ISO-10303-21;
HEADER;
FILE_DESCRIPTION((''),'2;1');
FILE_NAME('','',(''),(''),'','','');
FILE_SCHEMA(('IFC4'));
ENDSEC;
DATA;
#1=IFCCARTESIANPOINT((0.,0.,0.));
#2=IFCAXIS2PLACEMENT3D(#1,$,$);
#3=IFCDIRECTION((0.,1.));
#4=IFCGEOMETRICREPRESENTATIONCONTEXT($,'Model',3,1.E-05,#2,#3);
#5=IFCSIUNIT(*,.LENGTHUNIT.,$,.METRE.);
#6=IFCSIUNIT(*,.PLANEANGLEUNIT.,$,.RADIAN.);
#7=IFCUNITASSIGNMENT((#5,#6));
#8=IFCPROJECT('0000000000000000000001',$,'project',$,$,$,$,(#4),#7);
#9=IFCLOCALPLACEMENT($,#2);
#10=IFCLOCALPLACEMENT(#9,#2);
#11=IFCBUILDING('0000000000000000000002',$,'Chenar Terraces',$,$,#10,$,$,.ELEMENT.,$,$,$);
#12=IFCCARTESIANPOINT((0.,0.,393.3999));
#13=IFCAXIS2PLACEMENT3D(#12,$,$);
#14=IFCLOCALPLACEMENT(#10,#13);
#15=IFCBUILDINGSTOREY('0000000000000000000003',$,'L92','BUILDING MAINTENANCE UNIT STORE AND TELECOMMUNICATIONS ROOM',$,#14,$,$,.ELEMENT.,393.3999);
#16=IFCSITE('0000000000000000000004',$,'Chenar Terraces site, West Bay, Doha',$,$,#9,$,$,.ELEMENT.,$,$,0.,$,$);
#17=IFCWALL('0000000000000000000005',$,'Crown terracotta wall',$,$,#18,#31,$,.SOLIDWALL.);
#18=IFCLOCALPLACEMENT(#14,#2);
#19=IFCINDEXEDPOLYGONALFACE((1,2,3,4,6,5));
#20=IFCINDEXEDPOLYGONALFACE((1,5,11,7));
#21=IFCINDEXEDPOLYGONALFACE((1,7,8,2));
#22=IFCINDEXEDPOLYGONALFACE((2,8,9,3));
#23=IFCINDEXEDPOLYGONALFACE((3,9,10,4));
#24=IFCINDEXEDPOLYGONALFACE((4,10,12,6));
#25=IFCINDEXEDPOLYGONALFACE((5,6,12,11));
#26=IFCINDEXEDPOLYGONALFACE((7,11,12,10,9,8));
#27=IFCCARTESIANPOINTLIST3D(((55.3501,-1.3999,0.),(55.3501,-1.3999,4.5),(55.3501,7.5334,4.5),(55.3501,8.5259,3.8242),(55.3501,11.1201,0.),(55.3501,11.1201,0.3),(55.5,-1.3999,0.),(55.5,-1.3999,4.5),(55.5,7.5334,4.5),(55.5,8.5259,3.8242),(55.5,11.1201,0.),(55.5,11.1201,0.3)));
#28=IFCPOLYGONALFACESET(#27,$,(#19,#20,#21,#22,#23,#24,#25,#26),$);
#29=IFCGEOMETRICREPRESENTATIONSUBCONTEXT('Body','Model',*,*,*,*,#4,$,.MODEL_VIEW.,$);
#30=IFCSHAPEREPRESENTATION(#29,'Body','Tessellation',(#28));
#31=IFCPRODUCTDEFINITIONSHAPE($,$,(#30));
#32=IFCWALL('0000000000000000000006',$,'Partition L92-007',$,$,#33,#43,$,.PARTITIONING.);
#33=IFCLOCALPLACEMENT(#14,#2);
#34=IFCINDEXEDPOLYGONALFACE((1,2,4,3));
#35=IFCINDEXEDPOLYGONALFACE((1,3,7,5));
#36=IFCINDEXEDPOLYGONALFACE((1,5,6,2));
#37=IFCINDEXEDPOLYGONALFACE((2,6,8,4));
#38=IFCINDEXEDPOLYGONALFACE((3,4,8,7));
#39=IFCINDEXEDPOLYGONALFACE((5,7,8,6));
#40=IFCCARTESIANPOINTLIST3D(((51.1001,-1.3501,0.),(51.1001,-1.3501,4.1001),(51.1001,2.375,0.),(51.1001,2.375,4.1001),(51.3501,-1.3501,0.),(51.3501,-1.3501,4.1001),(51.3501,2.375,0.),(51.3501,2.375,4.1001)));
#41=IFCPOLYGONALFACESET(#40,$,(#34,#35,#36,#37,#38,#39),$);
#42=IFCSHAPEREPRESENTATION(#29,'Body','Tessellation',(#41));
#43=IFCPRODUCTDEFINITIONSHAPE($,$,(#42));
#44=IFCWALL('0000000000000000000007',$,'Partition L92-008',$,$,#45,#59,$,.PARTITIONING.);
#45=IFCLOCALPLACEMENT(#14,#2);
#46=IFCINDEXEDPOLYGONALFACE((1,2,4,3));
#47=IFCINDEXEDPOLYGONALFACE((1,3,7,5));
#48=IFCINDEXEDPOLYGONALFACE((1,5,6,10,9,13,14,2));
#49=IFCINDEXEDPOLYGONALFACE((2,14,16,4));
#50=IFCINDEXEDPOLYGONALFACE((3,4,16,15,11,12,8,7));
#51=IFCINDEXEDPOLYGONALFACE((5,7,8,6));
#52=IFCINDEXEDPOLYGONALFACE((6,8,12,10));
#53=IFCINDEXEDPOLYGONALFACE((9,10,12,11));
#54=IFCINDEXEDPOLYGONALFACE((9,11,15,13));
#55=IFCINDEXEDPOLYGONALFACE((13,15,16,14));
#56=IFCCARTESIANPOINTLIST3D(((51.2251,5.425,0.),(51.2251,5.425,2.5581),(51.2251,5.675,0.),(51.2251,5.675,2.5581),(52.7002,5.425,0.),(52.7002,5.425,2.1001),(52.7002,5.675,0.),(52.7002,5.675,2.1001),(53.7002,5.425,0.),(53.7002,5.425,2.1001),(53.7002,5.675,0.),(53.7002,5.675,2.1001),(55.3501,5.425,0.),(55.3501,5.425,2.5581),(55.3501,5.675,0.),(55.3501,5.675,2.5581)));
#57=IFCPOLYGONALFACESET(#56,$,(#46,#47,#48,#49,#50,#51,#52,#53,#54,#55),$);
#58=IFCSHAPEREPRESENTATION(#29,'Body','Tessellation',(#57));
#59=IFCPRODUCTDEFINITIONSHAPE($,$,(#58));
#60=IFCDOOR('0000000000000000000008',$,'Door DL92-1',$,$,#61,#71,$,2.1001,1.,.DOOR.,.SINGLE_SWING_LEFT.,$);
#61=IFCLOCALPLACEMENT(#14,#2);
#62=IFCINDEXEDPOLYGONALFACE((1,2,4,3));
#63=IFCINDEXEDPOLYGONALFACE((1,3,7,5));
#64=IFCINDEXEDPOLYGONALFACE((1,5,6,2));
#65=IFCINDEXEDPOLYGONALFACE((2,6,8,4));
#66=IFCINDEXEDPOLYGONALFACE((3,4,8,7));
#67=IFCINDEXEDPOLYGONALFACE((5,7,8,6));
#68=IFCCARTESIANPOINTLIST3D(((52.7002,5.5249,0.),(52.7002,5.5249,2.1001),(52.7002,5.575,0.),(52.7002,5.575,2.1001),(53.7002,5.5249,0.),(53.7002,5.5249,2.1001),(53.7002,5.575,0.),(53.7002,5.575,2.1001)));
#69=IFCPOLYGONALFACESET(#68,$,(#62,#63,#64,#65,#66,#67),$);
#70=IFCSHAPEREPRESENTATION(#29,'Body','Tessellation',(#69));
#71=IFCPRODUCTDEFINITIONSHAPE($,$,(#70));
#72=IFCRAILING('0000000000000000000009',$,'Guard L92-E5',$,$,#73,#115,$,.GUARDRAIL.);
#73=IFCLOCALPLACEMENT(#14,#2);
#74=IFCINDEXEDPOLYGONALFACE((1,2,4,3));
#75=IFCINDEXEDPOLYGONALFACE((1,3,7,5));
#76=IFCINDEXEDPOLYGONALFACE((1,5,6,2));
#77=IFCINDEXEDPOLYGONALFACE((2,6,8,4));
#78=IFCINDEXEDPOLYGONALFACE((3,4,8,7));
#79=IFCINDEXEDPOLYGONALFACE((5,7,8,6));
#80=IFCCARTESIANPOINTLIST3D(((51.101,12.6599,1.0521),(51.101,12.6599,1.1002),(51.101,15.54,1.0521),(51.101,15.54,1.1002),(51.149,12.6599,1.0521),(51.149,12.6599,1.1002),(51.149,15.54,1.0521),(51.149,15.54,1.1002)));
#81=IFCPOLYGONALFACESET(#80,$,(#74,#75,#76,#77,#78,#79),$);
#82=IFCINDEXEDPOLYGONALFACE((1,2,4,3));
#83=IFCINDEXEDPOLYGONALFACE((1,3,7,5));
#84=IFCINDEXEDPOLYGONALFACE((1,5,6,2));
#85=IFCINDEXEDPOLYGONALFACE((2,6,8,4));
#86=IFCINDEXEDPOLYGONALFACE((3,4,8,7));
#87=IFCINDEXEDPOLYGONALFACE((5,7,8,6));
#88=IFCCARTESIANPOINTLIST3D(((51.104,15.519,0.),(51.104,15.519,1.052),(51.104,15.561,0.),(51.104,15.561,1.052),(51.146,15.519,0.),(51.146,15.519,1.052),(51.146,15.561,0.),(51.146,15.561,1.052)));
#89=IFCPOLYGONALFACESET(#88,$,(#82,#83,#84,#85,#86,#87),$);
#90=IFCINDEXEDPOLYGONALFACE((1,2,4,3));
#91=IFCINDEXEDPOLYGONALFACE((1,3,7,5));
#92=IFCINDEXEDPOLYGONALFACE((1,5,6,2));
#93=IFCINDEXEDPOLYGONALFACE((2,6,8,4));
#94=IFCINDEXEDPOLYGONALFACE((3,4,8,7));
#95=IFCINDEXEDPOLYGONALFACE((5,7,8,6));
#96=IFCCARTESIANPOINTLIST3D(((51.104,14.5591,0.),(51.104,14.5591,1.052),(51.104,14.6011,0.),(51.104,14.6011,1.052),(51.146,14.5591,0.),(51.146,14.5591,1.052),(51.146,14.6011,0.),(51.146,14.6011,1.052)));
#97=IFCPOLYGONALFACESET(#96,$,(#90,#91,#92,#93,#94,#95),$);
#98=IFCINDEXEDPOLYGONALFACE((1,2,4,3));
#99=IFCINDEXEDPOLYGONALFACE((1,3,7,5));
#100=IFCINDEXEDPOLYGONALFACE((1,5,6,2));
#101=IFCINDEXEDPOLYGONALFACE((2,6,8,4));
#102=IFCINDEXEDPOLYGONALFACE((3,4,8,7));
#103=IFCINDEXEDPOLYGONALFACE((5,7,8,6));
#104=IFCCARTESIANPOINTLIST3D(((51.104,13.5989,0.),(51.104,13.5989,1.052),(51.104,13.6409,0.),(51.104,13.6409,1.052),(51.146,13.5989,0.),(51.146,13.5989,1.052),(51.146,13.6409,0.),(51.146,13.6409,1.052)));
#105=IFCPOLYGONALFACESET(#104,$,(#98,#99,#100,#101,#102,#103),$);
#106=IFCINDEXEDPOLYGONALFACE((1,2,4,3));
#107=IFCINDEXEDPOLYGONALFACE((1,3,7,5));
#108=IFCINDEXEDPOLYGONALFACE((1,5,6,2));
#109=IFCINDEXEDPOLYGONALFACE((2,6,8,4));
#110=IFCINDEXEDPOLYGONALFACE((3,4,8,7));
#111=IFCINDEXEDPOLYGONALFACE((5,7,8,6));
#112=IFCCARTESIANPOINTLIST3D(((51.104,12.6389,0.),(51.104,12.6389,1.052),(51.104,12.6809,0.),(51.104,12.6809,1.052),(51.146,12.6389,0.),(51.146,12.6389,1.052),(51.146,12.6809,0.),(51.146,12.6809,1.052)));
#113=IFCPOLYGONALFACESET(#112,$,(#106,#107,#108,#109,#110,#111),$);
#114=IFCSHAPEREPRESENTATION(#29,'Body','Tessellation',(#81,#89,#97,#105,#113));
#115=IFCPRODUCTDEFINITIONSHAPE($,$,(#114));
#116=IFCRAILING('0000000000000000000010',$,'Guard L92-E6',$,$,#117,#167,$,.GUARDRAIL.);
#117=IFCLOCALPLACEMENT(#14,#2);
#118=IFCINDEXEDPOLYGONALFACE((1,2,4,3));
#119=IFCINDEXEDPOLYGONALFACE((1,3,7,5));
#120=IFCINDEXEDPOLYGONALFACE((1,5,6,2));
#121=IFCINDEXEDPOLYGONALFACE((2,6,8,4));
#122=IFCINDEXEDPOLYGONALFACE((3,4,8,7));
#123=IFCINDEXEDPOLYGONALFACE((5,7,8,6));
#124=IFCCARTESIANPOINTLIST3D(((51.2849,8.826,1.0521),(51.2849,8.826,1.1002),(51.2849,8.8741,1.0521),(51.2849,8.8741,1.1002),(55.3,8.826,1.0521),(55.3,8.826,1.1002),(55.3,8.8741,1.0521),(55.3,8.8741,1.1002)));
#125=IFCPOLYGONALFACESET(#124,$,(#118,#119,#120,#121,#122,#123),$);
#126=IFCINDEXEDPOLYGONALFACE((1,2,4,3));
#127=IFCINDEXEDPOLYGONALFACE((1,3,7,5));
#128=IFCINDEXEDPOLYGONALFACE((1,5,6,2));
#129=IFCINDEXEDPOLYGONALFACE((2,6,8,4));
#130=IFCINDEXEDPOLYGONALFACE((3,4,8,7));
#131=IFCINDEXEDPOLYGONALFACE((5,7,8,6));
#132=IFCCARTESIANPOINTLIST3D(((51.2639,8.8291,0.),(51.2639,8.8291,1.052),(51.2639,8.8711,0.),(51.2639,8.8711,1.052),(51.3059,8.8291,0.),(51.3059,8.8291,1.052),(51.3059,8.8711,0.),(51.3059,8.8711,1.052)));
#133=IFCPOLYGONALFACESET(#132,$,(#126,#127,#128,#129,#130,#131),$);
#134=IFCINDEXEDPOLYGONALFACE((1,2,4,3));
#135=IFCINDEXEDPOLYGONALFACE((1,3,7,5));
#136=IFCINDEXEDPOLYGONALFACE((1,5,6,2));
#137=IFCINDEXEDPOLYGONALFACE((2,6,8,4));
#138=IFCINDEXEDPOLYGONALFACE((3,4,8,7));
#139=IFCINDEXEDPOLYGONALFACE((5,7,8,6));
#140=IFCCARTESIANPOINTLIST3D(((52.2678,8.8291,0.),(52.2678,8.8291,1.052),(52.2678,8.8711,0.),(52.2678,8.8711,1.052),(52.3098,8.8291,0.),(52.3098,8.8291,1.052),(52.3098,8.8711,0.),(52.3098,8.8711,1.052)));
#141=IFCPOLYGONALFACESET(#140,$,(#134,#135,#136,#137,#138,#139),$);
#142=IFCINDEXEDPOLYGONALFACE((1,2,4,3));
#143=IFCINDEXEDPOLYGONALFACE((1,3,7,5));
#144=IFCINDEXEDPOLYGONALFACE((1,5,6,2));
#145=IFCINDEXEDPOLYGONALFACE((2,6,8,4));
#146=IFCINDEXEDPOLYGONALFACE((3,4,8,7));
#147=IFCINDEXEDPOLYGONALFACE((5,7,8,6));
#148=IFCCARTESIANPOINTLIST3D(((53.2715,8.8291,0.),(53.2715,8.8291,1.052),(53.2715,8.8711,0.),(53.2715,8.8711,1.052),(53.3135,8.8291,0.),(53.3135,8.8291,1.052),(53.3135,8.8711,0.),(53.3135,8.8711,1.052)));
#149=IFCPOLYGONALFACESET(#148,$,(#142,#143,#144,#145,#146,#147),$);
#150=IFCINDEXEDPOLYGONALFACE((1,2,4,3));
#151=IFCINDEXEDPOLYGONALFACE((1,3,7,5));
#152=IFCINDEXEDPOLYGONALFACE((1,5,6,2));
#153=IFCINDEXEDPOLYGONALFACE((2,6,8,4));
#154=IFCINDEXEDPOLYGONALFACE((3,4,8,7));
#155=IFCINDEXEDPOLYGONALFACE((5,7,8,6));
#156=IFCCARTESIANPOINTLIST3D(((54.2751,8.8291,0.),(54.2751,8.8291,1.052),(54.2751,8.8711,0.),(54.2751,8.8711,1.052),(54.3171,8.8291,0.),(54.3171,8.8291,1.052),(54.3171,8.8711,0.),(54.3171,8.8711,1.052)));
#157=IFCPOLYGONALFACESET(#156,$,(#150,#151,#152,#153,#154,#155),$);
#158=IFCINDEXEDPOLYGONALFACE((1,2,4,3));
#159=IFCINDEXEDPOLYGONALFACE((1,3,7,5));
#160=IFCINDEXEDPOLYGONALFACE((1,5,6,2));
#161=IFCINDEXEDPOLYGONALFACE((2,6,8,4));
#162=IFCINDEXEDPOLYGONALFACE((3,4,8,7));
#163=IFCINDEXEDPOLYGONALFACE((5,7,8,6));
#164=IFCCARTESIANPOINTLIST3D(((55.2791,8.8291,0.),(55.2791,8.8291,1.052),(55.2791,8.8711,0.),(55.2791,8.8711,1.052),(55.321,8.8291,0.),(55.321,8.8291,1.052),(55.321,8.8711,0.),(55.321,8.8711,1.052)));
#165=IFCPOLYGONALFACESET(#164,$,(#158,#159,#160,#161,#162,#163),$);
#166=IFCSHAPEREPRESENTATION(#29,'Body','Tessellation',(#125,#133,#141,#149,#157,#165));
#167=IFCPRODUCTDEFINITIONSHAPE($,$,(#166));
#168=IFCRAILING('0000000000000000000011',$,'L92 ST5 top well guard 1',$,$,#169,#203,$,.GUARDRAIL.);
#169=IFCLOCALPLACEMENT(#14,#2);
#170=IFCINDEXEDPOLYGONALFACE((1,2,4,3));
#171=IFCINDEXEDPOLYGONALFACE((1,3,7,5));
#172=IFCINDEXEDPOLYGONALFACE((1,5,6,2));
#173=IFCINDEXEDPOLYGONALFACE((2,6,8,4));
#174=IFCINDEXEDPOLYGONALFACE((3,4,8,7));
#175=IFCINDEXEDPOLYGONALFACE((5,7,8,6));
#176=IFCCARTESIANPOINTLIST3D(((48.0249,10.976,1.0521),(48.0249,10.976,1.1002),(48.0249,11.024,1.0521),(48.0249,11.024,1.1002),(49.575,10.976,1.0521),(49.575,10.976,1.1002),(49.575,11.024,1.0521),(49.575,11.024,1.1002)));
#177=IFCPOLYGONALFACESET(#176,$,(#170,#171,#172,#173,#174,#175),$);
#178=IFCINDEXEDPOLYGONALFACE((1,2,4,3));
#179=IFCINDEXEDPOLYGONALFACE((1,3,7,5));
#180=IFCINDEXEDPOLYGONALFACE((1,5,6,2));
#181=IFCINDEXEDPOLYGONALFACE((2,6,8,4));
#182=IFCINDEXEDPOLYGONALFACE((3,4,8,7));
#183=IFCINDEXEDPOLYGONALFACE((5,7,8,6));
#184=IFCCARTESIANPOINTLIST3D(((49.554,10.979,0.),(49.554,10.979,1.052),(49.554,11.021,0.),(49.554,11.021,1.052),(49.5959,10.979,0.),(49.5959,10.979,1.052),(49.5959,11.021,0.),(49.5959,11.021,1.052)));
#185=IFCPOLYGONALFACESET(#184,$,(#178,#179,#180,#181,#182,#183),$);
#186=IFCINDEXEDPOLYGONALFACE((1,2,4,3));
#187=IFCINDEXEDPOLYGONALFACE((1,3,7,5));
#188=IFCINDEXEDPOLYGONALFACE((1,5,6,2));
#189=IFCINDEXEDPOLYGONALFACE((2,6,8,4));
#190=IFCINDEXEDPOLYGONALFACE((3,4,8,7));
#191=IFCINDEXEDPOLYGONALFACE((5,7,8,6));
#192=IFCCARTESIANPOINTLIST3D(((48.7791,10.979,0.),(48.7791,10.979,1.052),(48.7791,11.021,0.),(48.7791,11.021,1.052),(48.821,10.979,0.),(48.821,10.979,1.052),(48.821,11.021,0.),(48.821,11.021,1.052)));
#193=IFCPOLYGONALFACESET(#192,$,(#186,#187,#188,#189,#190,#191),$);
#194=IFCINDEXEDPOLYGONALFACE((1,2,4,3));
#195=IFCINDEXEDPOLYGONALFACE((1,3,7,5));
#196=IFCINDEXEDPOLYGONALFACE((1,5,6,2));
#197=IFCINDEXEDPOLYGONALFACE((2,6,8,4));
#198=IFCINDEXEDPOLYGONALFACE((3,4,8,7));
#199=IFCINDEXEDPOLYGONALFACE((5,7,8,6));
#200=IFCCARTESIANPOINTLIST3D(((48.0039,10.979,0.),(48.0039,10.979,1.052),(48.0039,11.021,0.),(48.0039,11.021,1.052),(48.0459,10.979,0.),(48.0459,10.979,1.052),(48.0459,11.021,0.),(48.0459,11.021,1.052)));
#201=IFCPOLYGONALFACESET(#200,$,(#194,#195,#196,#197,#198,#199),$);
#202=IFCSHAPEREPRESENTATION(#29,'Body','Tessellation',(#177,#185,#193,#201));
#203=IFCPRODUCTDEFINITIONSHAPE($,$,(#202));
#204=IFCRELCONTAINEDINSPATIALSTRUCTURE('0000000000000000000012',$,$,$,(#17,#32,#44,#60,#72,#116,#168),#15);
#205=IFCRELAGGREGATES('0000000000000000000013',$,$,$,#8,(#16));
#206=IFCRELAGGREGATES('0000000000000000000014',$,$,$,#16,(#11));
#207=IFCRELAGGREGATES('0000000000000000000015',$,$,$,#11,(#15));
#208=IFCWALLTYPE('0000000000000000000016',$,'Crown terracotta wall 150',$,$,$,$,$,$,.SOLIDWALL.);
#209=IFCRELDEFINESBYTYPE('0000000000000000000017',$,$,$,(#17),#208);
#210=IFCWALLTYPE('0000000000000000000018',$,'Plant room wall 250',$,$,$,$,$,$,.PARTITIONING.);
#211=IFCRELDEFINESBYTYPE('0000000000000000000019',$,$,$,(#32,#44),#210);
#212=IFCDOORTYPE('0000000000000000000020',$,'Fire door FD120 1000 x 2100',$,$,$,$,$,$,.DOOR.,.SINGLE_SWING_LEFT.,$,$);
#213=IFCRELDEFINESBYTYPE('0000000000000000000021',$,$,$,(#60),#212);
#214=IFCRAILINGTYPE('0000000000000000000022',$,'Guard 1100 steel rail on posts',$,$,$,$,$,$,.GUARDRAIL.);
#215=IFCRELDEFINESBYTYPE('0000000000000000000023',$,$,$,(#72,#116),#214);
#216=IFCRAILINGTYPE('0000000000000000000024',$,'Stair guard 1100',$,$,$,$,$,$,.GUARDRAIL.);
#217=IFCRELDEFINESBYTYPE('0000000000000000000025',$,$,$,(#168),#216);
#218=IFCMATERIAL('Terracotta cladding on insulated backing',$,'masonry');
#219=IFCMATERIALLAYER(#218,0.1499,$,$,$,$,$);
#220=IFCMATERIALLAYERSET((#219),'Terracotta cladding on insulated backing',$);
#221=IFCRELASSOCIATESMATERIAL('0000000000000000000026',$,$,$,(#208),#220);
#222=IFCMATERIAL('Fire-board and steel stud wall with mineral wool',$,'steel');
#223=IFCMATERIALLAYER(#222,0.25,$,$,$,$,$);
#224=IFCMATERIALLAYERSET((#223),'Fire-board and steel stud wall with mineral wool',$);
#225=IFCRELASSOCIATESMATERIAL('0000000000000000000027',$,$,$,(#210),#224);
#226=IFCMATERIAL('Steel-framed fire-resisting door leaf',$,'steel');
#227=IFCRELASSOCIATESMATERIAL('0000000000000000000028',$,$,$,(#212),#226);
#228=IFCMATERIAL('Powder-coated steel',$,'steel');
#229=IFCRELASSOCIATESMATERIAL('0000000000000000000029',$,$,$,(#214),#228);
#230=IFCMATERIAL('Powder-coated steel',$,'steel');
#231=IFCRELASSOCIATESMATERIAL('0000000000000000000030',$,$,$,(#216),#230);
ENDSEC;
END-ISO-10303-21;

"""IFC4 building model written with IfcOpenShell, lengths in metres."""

from ifc_helpers import new_model, si_unit, direction, frame, frame_2d, origin, origin_2d, place, context, subcontext, project, spatial, polyline, rectangle, outline, extrude, material, layer, layer_set, type_object, element, fill, save


model = new_model("IFC4")

# Units and contexts
model_context = context("Model", 3, precision=1e-05, world=origin(), true_north=direction((0.0, 1.0)))
body_context = subcontext(model_context, "Body", "Model", "MODEL_VIEW")
ifc_project = project(units=[si_unit("LENGTHUNIT", "METRE"), si_unit("PLANEANGLEUNIT", "RADIAN")], contexts=[model_context])

# Site, building, storey
site_placement = place(None, origin())
site = spatial("IfcSite", under=ifc_project, at=site_placement, Name="Chenar Terraces site, West Bay, Doha", CompositionType="ELEMENT", RefElevation=0.0)
building_placement = place(site_placement, origin())
building = spatial("IfcBuilding", under=site, at=building_placement, Name="Chenar Terraces", CompositionType="ELEMENT")
storey_placement = place(building_placement, frame((0.0, 0.0, 393.3999)))
storey = spatial("IfcBuildingStorey", under=building, at=storey_placement, Name="L92", Description="BUILDING MAINTENANCE UNIT STORE AND TELECOMMUNICATIONS ROOM", CompositionType="ELEMENT", Elevation=393.3999)

# Walls
ifc_material_1 = material(Name="Terracotta cladding on insulated backing", Category="masonry")
ifc_layer_1 = layer(ifc_material_1, 0.1499)
ifc_layer_set_1 = layer_set([ifc_layer_1], Name="Terracotta cladding on insulated backing")
wall_type_1 = type_object("IfcWallType", Name="Crown terracotta wall 150", PredefinedType="SOLIDWALL", material=ifc_layer_set_1)
wall_1_placement = place(storey_placement, frame((55.425, -1.3999, 0.0), z_axis=(0.0, 0.0, 1.0), x_axis=(0.0, 1.0, 0.0)))
element("IfcWall", 1, at=wall_1_placement, inside=storey, type_object=wall_type_1, Name="Crown terracotta wall", PredefinedType="SOLIDWALL", context=body_context, shape_type="SweptSolid", body=[
    extrude(outline(polyline([(0.0, 0.0), (12.52, 0.0), (12.52, 0.3), (9.9258, 3.8242), (8.9333, 4.5), (0.0, 4.5), (0.0, 0.0)])), frame((0.0, 0.075, 0.0), z_axis=(0.0, -1.0, 0.0), x_axis=(1.0, 0.0, 0.0)), (0.0, 0.0, 1.0), 0.1499),
])
ifc_material_2 = material(Name="Fire-board and steel stud wall with mineral wool", Category="steel")
ifc_layer_2 = layer(ifc_material_2, 0.25)
ifc_layer_set_2 = layer_set([ifc_layer_2], Name="Fire-board and steel stud wall with mineral wool")
wall_type_2 = type_object("IfcWallType", Name="Plant room wall 250", PredefinedType="PARTITIONING", material=ifc_layer_set_2)
wall_2_placement = place(storey_placement, frame((51.2251, -1.3501, 0.0), z_axis=(0.0, 0.0, 1.0), x_axis=(0.0, 1.0, 0.0)))
element("IfcWall", 2, at=wall_2_placement, inside=storey, type_object=wall_type_2, Name="Partition L92-007", PredefinedType="PARTITIONING", context=body_context, shape_type="SweptSolid", body=[
    extrude(rectangle(XDim=3.7251, YDim=0.25, at=frame_2d((1.8625, 0.0))), origin(), (0.0, 0.0, 1.0), 4.1001),
])

# Wall, opening, door
wall_3_placement = place(storey_placement, frame((51.2251, 5.55, 0.0), z_axis=(0.0, 0.0, 1.0), x_axis=(1.0, 0.0, 0.0)))
wall_3 = element("IfcWall", 3, at=wall_3_placement, inside=storey, type_object=wall_type_2, Name="Partition L92-008", PredefinedType="PARTITIONING", context=body_context, shape_type="SweptSolid", body=[
    extrude(rectangle(XDim=4.125, YDim=0.25, at=frame_2d((2.0625, 0.0))), origin(), (0.0, 0.0, 1.0), 2.5581),
])
opening_1_placement = place(wall_3_placement, frame((1.4751, 0.0, 0.0)))
opening_1 = element("IfcOpeningElement", 4, at=opening_1_placement, cuts=wall_3, PredefinedType="OPENING", context=body_context, shape_type="SweptSolid", body=[
    extrude(rectangle(XDim=1.0, YDim=2.1001, at=frame_2d((0.5, 1.05))), frame((0.0, 0.135, 0.0), z_axis=(0.0, -1.0, 0.0), x_axis=(1.0, 0.0, 0.0)), (0.0, 0.0, 1.0), 0.27),
])
ifc_material_3 = material(Name="Steel-framed fire-resisting door leaf", Category="steel")
door_type_1 = type_object("IfcDoorType", Name="Fire door FD120 1000 x 2100", OperationType="SINGLE_SWING_LEFT", PredefinedType="DOOR", material=ifc_material_3)
door_1_placement = place(opening_1_placement, origin())
door_1 = element("IfcDoor", 5, at=door_1_placement, inside=storey, type_object=door_type_1, Name="Door DL92-1", OperationType="SINGLE_SWING_LEFT", OverallHeight=2.1001, OverallWidth=1.0, PredefinedType="DOOR", context=body_context, shape_type="SweptSolid", body=[
    extrude(rectangle(XDim=1.0, YDim=2.1001, at=frame_2d((0.5, 1.05))), frame((0.0, 0.0249, 0.0), z_axis=(0.0, -1.0, 0.0), x_axis=(1.0, 0.0, 0.0)), (0.0, 0.0, 1.0), 0.05),
])
fill(opening_1, door_1)

# Railings
ifc_material_4 = material(Name="Powder-coated steel", Category="steel")
railing_type_1 = type_object("IfcRailingType", Name="Guard 1100 steel rail on posts", PredefinedType="GUARDRAIL", material=ifc_material_4)
railing_1_placement = place(storey_placement, frame((51.125, 15.54, 0.0)))
element("IfcRailing", 6, at=railing_1_placement, inside=storey, type_object=railing_type_1, Name="Guard L92-E5", PredefinedType="GUARDRAIL", context=body_context, shape_type="SweptSolid", body=[
    extrude(rectangle(XDim=0.0481, YDim=0.0481, at=origin_2d()), frame((0.0, 0.0, 1.0762), z_axis=(0.0, -1.0, 0.0), x_axis=(1.0, 0.0, 0.0)), (0.0, 0.0, 1.0), 2.8801),
    extrude(rectangle(XDim=0.042, YDim=0.042, at=origin_2d()), origin(), (0.0, 0.0, 1.0), 1.052),
    extrude(rectangle(XDim=0.042, YDim=0.042, at=origin_2d()), frame((0.0, -0.96, 0.0)), (0.0, 0.0, 1.0), 1.052),
    extrude(rectangle(XDim=0.042, YDim=0.042, at=origin_2d()), frame((0.0, -1.9202, 0.0)), (0.0, 0.0, 1.0), 1.052),
    extrude(rectangle(XDim=0.042, YDim=0.042, at=origin_2d()), frame((0.0, -2.8801, 0.0)), (0.0, 0.0, 1.0), 1.052),
])
railing_2_placement = place(storey_placement, frame((51.2849, 8.8501, 0.0)))
element("IfcRailing", 7, at=railing_2_placement, inside=storey, type_object=railing_type_1, Name="Guard L92-E6", PredefinedType="GUARDRAIL", context=body_context, shape_type="SweptSolid", body=[
    extrude(rectangle(XDim=0.0481, YDim=0.0481, at=origin_2d()), frame((0.0, 0.0, 1.0762), z_axis=(1.0, 0.0, 0.0), x_axis=(0.0, 1.0, 0.0)), (0.0, 0.0, 1.0), 4.0151),
    extrude(rectangle(XDim=0.042, YDim=0.042, at=origin_2d()), origin(), (0.0, 0.0, 1.0), 1.052),
    extrude(rectangle(XDim=0.042, YDim=0.042, at=origin_2d()), frame((1.0039, 0.0, 0.0)), (0.0, 0.0, 1.0), 1.052),
    extrude(rectangle(XDim=0.042, YDim=0.042, at=origin_2d()), frame((2.0076, 0.0, 0.0)), (0.0, 0.0, 1.0), 1.052),
    extrude(rectangle(XDim=0.042, YDim=0.042, at=origin_2d()), frame((3.0112, 0.0, 0.0)), (0.0, 0.0, 1.0), 1.052),
    extrude(rectangle(XDim=0.042, YDim=0.042, at=origin_2d()), frame((4.0151, 0.0, 0.0)), (0.0, 0.0, 1.0), 1.052),
])
ifc_material_5 = material(Name="Powder-coated steel", Category="steel")
railing_type_2 = type_object("IfcRailingType", Name="Stair guard 1100", PredefinedType="GUARDRAIL", material=ifc_material_5)
railing_3_placement = place(storey_placement, frame((49.575, 11.0, 0.0)))
element("IfcRailing", 8, at=railing_3_placement, inside=storey, type_object=railing_type_2, Name="L92 ST5 top well guard 1", PredefinedType="GUARDRAIL", context=body_context, shape_type="SweptSolid", body=[
    extrude(rectangle(XDim=0.0481, YDim=0.0481, at=origin_2d()), frame((0.0, 0.0, 1.0762), z_axis=(-1.0, 0.0, 0.0), x_axis=(0.0, -1.0, 0.0)), (0.0, 0.0, 1.0), 1.55),
    extrude(rectangle(XDim=0.042, YDim=0.042, at=origin_2d()), origin(), (0.0, 0.0, 1.0), 1.052),
    extrude(rectangle(XDim=0.042, YDim=0.042, at=origin_2d()), frame((-0.7749, 0.0, 0.0)), (0.0, 0.0, 1.0), 1.052),
    extrude(rectangle(XDim=0.042, YDim=0.042, at=origin_2d()), frame((-1.55, 0.0, 0.0)), (0.0, 0.0, 1.0), 1.052),
])

save(model, "model.ifc")
